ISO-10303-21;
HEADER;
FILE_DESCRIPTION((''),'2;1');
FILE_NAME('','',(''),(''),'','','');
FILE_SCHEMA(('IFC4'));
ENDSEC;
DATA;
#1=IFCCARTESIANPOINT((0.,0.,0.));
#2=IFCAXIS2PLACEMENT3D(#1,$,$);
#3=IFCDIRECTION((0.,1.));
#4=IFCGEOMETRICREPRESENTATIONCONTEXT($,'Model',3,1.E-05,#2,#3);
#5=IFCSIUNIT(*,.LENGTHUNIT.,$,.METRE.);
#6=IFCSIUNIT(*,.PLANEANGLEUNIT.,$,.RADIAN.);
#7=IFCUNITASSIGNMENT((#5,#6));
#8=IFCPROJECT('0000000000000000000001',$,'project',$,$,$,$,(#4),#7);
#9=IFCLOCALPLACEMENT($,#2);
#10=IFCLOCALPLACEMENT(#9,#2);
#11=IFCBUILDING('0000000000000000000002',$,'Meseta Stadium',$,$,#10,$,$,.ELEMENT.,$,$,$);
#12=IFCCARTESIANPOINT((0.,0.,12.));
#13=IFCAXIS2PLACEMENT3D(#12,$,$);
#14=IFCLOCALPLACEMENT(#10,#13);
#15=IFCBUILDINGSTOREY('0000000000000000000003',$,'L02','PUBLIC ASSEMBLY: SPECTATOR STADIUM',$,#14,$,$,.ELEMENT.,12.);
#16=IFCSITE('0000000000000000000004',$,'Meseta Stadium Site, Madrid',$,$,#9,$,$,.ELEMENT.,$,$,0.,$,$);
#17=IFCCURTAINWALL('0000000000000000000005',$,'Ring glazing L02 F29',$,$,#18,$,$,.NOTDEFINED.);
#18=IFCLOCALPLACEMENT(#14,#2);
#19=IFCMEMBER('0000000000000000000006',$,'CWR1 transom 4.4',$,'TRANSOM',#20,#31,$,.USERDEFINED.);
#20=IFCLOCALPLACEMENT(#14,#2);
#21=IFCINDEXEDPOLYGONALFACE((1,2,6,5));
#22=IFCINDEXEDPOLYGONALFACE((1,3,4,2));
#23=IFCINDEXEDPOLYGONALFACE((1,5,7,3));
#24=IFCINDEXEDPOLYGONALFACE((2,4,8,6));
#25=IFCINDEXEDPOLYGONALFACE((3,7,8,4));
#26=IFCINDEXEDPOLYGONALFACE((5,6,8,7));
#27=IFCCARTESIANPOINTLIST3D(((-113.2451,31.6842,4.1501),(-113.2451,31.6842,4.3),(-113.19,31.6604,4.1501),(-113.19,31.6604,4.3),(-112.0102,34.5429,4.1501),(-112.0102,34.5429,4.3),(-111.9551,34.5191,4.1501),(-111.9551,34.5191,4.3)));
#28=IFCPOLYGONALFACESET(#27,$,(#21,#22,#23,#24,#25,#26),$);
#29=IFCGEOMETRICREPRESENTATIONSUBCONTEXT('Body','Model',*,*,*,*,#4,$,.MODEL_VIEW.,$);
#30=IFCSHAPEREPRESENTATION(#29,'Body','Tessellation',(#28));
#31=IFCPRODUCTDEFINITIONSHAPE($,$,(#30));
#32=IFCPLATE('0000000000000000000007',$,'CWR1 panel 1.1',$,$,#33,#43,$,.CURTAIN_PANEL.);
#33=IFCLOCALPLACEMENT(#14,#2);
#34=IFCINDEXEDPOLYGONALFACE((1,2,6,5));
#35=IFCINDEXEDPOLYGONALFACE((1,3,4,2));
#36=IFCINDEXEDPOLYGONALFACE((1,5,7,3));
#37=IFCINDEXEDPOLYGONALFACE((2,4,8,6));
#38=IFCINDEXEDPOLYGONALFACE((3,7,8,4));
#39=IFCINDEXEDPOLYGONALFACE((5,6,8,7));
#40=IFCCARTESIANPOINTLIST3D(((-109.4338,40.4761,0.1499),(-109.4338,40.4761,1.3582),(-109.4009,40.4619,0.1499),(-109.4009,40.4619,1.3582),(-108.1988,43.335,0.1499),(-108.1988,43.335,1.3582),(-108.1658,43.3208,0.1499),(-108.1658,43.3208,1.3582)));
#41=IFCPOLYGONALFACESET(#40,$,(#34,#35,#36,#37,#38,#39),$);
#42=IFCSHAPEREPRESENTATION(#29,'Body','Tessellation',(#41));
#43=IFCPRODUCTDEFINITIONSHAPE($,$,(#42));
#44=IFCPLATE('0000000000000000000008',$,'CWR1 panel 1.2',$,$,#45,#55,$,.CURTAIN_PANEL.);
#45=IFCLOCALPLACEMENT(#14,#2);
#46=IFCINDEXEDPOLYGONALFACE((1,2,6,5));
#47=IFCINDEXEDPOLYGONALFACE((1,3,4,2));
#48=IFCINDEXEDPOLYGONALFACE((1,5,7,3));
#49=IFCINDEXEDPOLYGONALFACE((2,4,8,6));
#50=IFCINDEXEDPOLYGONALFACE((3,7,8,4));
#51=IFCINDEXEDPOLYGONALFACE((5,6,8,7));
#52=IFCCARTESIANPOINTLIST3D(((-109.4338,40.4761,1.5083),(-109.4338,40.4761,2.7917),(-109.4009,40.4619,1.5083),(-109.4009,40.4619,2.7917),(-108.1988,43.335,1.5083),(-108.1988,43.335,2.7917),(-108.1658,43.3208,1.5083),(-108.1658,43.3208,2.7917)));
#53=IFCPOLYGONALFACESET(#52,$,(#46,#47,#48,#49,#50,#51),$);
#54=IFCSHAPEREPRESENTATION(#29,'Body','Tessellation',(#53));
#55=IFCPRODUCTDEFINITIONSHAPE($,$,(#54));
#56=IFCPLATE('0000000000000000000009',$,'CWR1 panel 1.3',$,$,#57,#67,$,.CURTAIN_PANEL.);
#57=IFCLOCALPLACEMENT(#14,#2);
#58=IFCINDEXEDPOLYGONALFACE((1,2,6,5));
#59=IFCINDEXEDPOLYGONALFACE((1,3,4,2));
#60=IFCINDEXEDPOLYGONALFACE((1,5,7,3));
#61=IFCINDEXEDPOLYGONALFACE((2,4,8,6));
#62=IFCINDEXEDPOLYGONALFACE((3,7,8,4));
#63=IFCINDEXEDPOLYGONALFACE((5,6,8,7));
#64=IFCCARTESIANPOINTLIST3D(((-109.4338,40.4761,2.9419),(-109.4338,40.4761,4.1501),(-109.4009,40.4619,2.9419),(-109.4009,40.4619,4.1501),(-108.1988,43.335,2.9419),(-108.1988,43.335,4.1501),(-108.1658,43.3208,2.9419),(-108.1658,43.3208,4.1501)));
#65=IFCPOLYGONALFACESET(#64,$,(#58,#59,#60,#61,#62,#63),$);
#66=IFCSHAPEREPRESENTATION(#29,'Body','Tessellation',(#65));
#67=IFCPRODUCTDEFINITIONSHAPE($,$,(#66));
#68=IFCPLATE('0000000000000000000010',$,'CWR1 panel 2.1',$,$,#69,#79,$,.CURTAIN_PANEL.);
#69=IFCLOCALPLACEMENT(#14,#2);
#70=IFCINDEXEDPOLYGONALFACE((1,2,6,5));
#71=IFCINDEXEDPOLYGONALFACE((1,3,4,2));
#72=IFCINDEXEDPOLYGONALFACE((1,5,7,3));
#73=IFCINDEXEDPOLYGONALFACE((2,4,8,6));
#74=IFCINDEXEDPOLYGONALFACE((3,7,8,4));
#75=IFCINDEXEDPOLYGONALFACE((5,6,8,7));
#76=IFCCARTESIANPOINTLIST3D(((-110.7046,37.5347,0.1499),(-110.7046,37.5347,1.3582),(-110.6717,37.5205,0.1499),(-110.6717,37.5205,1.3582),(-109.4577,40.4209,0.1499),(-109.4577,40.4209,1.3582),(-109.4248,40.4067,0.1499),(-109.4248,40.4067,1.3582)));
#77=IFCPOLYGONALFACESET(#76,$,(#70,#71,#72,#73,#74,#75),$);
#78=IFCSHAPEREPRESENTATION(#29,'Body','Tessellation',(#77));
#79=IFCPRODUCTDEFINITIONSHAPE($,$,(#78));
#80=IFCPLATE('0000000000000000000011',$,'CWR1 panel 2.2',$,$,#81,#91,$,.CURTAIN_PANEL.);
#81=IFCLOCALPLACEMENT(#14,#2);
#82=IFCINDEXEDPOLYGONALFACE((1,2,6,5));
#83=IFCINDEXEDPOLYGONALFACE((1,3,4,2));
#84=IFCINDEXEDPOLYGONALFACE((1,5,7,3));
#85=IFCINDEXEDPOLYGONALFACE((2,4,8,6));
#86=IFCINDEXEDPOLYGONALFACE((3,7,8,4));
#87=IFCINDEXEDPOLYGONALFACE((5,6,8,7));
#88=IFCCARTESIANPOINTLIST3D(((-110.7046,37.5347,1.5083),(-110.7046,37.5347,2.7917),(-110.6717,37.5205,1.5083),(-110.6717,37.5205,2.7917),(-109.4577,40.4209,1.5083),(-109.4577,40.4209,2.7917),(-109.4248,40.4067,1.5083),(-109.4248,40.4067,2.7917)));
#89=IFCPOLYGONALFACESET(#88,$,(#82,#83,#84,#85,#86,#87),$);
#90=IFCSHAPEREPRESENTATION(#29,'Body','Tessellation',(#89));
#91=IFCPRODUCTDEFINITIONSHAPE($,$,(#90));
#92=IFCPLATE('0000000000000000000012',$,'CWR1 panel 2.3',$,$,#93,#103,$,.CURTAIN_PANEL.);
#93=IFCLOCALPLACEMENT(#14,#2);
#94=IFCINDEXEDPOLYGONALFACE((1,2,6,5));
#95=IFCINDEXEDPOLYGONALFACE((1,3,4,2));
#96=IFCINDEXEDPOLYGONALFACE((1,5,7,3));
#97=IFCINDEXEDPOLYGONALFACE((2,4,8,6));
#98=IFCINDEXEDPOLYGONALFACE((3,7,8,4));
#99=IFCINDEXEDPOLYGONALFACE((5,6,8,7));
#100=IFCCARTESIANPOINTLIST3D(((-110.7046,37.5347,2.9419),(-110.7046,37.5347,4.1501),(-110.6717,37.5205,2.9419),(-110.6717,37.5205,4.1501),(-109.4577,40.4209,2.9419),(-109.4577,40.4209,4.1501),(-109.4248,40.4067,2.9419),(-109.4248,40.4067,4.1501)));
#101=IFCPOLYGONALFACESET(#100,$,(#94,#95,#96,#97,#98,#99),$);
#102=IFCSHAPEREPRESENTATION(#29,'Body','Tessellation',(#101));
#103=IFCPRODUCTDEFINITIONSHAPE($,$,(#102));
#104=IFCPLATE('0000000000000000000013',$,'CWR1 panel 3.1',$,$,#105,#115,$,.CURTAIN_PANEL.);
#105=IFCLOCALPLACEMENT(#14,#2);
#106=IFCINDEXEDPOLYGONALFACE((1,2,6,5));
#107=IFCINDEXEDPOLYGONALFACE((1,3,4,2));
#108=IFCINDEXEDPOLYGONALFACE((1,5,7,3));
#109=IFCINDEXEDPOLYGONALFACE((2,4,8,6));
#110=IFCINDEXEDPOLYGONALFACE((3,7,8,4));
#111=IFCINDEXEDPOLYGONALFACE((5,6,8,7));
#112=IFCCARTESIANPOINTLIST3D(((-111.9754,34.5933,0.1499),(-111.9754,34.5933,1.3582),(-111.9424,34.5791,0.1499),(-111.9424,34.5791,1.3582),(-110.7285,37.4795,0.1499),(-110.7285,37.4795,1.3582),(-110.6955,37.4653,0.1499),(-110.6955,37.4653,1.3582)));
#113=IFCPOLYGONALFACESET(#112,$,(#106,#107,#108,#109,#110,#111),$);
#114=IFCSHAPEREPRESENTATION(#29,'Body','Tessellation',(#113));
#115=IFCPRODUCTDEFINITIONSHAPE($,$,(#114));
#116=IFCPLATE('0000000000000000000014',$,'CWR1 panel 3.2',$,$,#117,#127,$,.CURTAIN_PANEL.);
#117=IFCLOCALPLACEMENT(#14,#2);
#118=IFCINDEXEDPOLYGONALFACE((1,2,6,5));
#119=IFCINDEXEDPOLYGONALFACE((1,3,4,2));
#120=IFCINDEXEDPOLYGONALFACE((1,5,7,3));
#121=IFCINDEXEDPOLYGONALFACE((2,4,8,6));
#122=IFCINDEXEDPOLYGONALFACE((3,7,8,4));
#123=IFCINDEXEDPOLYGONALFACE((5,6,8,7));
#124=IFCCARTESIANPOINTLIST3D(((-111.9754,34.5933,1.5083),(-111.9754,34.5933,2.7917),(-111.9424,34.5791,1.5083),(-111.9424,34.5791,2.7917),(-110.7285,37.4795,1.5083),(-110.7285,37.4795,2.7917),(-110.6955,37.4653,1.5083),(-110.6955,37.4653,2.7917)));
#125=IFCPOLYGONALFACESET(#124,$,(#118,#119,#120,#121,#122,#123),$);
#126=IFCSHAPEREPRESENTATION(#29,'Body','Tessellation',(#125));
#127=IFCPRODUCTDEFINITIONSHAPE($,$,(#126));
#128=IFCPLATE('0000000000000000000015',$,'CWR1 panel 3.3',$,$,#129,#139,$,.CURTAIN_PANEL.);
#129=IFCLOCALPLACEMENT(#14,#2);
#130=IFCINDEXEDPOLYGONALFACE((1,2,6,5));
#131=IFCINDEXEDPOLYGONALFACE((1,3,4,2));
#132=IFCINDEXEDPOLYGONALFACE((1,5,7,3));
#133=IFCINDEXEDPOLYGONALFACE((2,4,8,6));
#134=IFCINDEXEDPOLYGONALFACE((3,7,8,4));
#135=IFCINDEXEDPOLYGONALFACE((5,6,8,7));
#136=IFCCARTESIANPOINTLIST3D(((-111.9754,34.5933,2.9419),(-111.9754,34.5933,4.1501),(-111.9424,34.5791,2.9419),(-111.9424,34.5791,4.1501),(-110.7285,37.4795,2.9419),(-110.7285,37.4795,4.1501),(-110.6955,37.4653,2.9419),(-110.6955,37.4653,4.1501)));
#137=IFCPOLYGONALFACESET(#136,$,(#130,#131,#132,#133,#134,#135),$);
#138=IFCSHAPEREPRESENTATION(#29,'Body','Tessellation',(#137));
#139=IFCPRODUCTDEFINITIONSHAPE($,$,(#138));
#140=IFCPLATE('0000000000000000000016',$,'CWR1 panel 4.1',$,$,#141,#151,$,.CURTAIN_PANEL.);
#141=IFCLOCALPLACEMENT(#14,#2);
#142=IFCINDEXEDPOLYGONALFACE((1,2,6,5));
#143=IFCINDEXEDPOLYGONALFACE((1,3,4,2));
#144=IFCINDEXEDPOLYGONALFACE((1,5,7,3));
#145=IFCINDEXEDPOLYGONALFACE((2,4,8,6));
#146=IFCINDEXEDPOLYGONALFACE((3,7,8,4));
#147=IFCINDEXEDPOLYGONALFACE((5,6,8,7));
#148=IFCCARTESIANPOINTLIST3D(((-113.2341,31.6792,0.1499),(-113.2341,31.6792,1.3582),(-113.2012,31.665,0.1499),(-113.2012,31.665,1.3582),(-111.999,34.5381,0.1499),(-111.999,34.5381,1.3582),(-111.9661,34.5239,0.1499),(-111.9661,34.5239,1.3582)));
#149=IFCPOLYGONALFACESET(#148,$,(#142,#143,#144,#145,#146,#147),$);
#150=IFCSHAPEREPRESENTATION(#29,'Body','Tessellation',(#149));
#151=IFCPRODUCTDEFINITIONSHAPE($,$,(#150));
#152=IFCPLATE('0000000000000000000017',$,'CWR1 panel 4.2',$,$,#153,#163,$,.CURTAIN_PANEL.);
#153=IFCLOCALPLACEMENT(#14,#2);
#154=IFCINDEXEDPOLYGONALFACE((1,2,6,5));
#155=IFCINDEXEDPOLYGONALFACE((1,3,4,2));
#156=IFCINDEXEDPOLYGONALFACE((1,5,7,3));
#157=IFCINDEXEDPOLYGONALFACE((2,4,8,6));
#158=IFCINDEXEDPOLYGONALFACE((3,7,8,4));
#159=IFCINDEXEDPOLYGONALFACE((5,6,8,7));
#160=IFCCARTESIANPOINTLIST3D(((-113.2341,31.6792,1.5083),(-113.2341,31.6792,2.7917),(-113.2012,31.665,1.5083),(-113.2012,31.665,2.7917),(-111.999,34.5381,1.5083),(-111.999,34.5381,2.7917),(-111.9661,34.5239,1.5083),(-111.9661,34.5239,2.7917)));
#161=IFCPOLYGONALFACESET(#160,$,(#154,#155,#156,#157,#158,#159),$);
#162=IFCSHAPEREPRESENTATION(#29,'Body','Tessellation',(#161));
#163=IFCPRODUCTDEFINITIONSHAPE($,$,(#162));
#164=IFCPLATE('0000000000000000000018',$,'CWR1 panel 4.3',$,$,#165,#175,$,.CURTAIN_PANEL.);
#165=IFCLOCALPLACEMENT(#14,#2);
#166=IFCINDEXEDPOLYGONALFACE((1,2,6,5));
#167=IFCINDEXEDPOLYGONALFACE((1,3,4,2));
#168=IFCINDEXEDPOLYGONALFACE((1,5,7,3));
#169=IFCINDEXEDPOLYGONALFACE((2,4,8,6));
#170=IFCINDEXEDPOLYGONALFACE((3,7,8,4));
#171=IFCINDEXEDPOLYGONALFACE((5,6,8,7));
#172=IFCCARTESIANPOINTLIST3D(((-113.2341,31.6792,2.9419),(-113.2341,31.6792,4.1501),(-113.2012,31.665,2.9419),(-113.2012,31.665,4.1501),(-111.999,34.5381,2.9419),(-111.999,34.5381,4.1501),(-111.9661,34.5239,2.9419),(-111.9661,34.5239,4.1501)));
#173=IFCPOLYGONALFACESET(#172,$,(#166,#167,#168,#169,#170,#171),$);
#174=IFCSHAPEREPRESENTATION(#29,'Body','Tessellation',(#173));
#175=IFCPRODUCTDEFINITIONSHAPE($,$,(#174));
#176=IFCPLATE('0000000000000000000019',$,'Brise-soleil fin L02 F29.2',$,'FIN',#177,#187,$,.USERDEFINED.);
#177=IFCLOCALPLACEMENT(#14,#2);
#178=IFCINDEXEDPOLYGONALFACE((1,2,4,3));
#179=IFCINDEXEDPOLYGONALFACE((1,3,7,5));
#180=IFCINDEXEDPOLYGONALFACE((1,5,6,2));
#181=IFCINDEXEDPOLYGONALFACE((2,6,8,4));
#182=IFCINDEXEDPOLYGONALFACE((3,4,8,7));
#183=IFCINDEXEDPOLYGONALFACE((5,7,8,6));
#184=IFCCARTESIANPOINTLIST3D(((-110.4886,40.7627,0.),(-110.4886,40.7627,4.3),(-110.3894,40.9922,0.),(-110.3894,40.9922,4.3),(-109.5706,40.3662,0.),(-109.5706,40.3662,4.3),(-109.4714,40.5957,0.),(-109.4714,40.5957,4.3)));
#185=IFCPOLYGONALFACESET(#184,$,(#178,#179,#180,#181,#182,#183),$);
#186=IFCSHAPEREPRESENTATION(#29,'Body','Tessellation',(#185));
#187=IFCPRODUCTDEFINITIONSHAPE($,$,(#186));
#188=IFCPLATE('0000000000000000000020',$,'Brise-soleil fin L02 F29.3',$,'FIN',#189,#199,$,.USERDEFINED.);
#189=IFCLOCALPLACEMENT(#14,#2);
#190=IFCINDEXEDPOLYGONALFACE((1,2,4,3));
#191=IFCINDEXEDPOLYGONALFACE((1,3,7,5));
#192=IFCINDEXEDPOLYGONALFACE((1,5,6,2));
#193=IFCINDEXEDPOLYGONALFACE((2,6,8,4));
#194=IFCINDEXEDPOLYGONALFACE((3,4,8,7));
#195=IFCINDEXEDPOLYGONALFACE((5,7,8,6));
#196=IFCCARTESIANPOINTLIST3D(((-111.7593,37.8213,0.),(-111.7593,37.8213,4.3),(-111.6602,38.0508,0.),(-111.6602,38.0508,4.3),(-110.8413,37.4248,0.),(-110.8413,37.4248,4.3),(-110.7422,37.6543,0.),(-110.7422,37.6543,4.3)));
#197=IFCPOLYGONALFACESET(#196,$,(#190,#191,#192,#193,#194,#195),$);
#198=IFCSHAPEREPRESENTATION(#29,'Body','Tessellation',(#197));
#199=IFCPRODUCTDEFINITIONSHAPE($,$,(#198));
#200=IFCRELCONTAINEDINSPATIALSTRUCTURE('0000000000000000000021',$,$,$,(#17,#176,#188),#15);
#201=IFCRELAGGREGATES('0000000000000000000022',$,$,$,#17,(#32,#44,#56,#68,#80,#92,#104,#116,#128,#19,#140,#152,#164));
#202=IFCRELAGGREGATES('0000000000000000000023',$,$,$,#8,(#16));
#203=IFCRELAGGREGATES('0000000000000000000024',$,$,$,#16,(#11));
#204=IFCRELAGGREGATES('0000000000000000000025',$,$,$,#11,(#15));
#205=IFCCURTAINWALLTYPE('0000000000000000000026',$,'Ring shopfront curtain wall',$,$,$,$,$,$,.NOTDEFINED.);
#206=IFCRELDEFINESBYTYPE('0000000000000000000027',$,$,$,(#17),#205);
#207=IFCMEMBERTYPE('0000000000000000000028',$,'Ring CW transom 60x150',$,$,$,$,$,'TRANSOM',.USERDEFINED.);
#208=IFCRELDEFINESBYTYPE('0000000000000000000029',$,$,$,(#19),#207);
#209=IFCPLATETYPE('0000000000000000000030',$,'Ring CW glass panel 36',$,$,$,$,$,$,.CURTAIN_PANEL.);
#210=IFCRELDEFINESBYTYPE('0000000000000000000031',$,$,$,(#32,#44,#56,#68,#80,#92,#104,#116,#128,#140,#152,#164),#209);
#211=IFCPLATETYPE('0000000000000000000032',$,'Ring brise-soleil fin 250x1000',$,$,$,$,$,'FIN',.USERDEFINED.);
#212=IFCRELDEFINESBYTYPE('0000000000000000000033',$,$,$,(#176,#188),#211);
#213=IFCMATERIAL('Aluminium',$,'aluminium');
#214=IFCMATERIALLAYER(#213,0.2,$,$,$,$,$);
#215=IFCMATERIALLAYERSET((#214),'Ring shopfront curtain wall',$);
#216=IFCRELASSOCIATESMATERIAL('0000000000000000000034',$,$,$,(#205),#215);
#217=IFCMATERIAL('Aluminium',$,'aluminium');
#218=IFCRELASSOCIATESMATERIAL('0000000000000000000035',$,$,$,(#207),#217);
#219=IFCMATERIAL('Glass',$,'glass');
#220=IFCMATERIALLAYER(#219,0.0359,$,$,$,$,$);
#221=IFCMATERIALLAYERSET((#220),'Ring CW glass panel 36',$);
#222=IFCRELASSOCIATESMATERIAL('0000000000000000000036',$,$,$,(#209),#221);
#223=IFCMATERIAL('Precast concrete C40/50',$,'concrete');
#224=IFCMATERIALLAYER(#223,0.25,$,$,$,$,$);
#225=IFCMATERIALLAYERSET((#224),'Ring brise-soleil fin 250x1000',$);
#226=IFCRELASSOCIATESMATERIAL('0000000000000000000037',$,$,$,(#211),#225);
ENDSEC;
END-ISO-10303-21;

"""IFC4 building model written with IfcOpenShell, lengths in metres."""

from ifc_helpers import new_model, si_unit, direction, frame, origin, origin_2d, place, context, subcontext, project, spatial, rectangle, extrude, material, layer, layer_set, material_profile, profile_set, type_object, element, aggregate, save


model = new_model("IFC4")

# Units and contexts
model_context = context("Model", 3, precision=1e-05, world=origin(), true_north=direction((0.0, 1.0)))
body_context = subcontext(model_context, "Body", "Model", "MODEL_VIEW")
ifc_project = project(units=[si_unit("LENGTHUNIT", "METRE"), si_unit("PLANEANGLEUNIT", "RADIAN")], contexts=[model_context])

# Site, building, storey
site_placement = place(None, origin())
site = spatial("IfcSite", under=ifc_project, at=site_placement, Name="Meseta Stadium Site, Madrid", CompositionType="ELEMENT", RefElevation=0.0)
building_placement = place(site_placement, origin())
building = spatial("IfcBuilding", under=site, at=building_placement, Name="Meseta Stadium", CompositionType="ELEMENT")
storey_placement = place(building_placement, frame((0.0, 0.0, 12.0)))
storey = spatial("IfcBuildingStorey", under=building, at=storey_placement, Name="L02", Description="PUBLIC ASSEMBLY: SPECTATOR STADIUM", CompositionType="ELEMENT", Elevation=12.0)

# Curtain wall, member, plates
ifc_material_1 = material(Name="Aluminium", Category="aluminium")
ifc_layer_1 = layer(ifc_material_1, 0.2)
ifc_layer_set_1 = layer_set([ifc_layer_1], Name="Ring shopfront curtain wall")
curtain_wall_type = type_object("IfcCurtainWallType", Name="Ring shopfront curtain wall", PredefinedType="NOTDEFINED", material=ifc_layer_set_1)
curtain_wall_placement = place(storey_placement, origin())
curtain_wall = element("IfcCurtainWall", 1, at=curtain_wall_placement, inside=storey, type_object=curtain_wall_type, Name="Ring glazing L02 F29", PredefinedType="NOTDEFINED")
ifc_material_2 = material(Name="Aluminium", Category="aluminium")
ifc_material_profile_1 = material_profile(ifc_material_2, rectangle(XDim=0.0601, YDim=0.1499, at=origin_2d()), Name="CW 60x150")
ifc_profile_set_1 = profile_set([ifc_material_profile_1], Name="Aluminium")
member_type_1 = type_object("IfcMemberType", Name="Ring CW transom 60x150", ElementType="TRANSOM", PredefinedType="USERDEFINED", material=ifc_profile_set_1)
member_1_placement = place(storey_placement, frame((-111.9827, 34.531, 4.2251), z_axis=(-0.396558, -0.91801, 0.0), x_axis=(0.91801, -0.396558, 0.0)))
member_1 = element("IfcMember", 2, at=member_1_placement, type_object=member_type_1, Name="CWR1 transom 4.4", ObjectType="TRANSOM", PredefinedType="USERDEFINED", context=body_context, shape_type="SweptSolid", body=[
    extrude(rectangle(XDim=0.0601, YDim=0.1499, at=origin_2d()), origin(), (0.0, 0.0, 1.0), 3.114),
])
ifc_material_3 = material(Name="Glass", Category="glass")
ifc_layer_2 = layer(ifc_material_3, 0.0359)
ifc_layer_set_2 = layer_set([ifc_layer_2], Name="Ring CW glass panel 36")
plate_type_1 = type_object("IfcPlateType", Name="Ring CW glass panel 36", PredefinedType="CURTAIN_PANEL", material=ifc_layer_set_2)
plate_1_placement = place(storey_placement, frame((-108.7998, 41.8984, 0.1499), z_axis=(0.0, 0.0, 1.0), x_axis=(-0.396581, -0.918, 0.0)))
plate_1 = element("IfcPlate", 3, at=plate_1_placement, type_object=plate_type_1, Name="CWR1 panel 1.1", PredefinedType="CURTAIN_PANEL", context=body_context, shape_type="SweptSolid", body=[
    extrude(rectangle(XDim=3.1143, YDim=0.0359, at=origin_2d()), origin(), (0.0, 0.0, 1.0), 1.2083),
])
plate_2_placement = place(storey_placement, frame((-108.7998, 41.8984, 1.5083), z_axis=(0.0, 0.0, 1.0), x_axis=(-0.396581, -0.918, 0.0)))
plate_2 = element("IfcPlate", 4, at=plate_2_placement, type_object=plate_type_1, Name="CWR1 panel 1.2", PredefinedType="CURTAIN_PANEL", context=body_context, shape_type="SweptSolid", body=[
    extrude(rectangle(XDim=3.1143, YDim=0.0359, at=origin_2d()), origin(), (0.0, 0.0, 1.0), 1.2834),
])
plate_3_placement = place(storey_placement, frame((-108.7998, 41.8984, 2.9419), z_axis=(0.0, 0.0, 1.0), x_axis=(-0.396581, -0.918, 0.0)))
plate_3 = element("IfcPlate", 5, at=plate_3_placement, type_object=plate_type_1, Name="CWR1 panel 1.3", PredefinedType="CURTAIN_PANEL", context=body_context, shape_type="SweptSolid", body=[
    extrude(rectangle(XDim=3.1143, YDim=0.0359, at=origin_2d()), origin(), (0.0, 0.0, 1.0), 1.2083),
])
plate_4_placement = place(storey_placement, frame((-110.0647, 38.9707, 0.1499), z_axis=(0.0, 0.0, 1.0), x_axis=(-0.396581, -0.918, 0.0)))
plate_4 = element("IfcPlate", 6, at=plate_4_placement, type_object=plate_type_1, Name="CWR1 panel 2.1", PredefinedType="CURTAIN_PANEL", context=body_context, shape_type="SweptSolid", body=[
    extrude(rectangle(XDim=3.144, YDim=0.0359, at=origin_2d()), origin(), (0.0, 0.0, 1.0), 1.2083),
])
plate_5_placement = place(storey_placement, frame((-110.0647, 38.9707, 1.5083), z_axis=(0.0, 0.0, 1.0), x_axis=(-0.396581, -0.918, 0.0)))
plate_5 = element("IfcPlate", 7, at=plate_5_placement, type_object=plate_type_1, Name="CWR1 panel 2.2", PredefinedType="CURTAIN_PANEL", context=body_context, shape_type="SweptSolid", body=[
    extrude(rectangle(XDim=3.144, YDim=0.0359, at=origin_2d()), origin(), (0.0, 0.0, 1.0), 1.2834),
])
plate_6_placement = place(storey_placement, frame((-110.0647, 38.9707, 2.9419), z_axis=(0.0, 0.0, 1.0), x_axis=(-0.396581, -0.918, 0.0)))
plate_6 = element("IfcPlate", 8, at=plate_6_placement, type_object=plate_type_1, Name="CWR1 panel 2.3", PredefinedType="CURTAIN_PANEL", context=body_context, shape_type="SweptSolid", body=[
    extrude(rectangle(XDim=3.144, YDim=0.0359, at=origin_2d()), origin(), (0.0, 0.0, 1.0), 1.2083),
])
plate_7_placement = place(storey_placement, frame((-111.3354, 36.0293, 0.1499), z_axis=(0.0, 0.0, 1.0), x_axis=(-0.396581, -0.918, 0.0)))
plate_7 = element("IfcPlate", 9, at=plate_7_placement, type_object=plate_type_1, Name="CWR1 panel 3.1", PredefinedType="CURTAIN_PANEL", context=body_context, shape_type="SweptSolid", body=[
    extrude(rectangle(XDim=3.144, YDim=0.0359, at=origin_2d()), origin(), (0.0, 0.0, 1.0), 1.2083),
])
plate_8_placement = place(storey_placement, frame((-111.3354, 36.0293, 1.5083), z_axis=(0.0, 0.0, 1.0), x_axis=(-0.396581, -0.918, 0.0)))
plate_8 = element("IfcPlate", 10, at=plate_8_placement, type_object=plate_type_1, Name="CWR1 panel 3.2", PredefinedType="CURTAIN_PANEL", context=body_context, shape_type="SweptSolid", body=[
    extrude(rectangle(XDim=3.144, YDim=0.0359, at=origin_2d()), origin(), (0.0, 0.0, 1.0), 1.2834),
])
plate_9_placement = place(storey_placement, frame((-111.3354, 36.0293, 2.9419), z_axis=(0.0, 0.0, 1.0), x_axis=(-0.396581, -0.918, 0.0)))
plate_9 = element("IfcPlate", 11, at=plate_9_placement, type_object=plate_type_1, Name="CWR1 panel 3.3", PredefinedType="CURTAIN_PANEL", context=body_context, shape_type="SweptSolid", body=[
    extrude(rectangle(XDim=3.144, YDim=0.0359, at=origin_2d()), origin(), (0.0, 0.0, 1.0), 1.2083),
])
plate_10_placement = place(storey_placement, frame((-112.6001, 33.1016, 0.1499), z_axis=(0.0, 0.0, 1.0), x_axis=(-0.396581, -0.918, 0.0)))
plate_10 = element("IfcPlate", 12, at=plate_10_placement, type_object=plate_type_1, Name="CWR1 panel 4.1", PredefinedType="CURTAIN_PANEL", context=body_context, shape_type="SweptSolid", body=[
    extrude(rectangle(XDim=3.1143, YDim=0.0359, at=origin_2d()), origin(), (0.0, 0.0, 1.0), 1.2083),
])
plate_11_placement = place(storey_placement, frame((-112.6001, 33.1016, 1.5083), z_axis=(0.0, 0.0, 1.0), x_axis=(-0.396581, -0.918, 0.0)))
plate_11 = element("IfcPlate", 13, at=plate_11_placement, type_object=plate_type_1, Name="CWR1 panel 4.2", PredefinedType="CURTAIN_PANEL", context=body_context, shape_type="SweptSolid", body=[
    extrude(rectangle(XDim=3.1143, YDim=0.0359, at=origin_2d()), origin(), (0.0, 0.0, 1.0), 1.2834),
])
plate_12_placement = place(storey_placement, frame((-112.6001, 33.1016, 2.9419), z_axis=(0.0, 0.0, 1.0), x_axis=(-0.396581, -0.918, 0.0)))
plate_12 = element("IfcPlate", 14, at=plate_12_placement, type_object=plate_type_1, Name="CWR1 panel 4.3", PredefinedType="CURTAIN_PANEL", context=body_context, shape_type="SweptSolid", body=[
    extrude(rectangle(XDim=3.1143, YDim=0.0359, at=origin_2d()), origin(), (0.0, 0.0, 1.0), 1.2083),
])
aggregate(curtain_wall, [plate_1, plate_2, plate_3, plate_4, plate_5, plate_6, plate_7, plate_8, plate_9, member_1, plate_10, plate_11, plate_12])

# Plates
ifc_material_4 = material(Name="Precast concrete C40/50", Category="concrete")
ifc_layer_3 = layer(ifc_material_4, 0.25)
ifc_layer_set_3 = layer_set([ifc_layer_3], Name="Ring brise-soleil fin 250x1000")
plate_type_2 = type_object("IfcPlateType", Name="Ring brise-soleil fin 250x1000", ElementType="FIN", PredefinedType="USERDEFINED", material=ifc_layer_set_3)
for number, where, z_axis, x_axis, name in (
    (15, (-109.98, 40.6792, 0.0), (0.0, 0.0, 1.0), (-0.396576, -0.918002, 0.0), "Brise-soleil fin L02 F29.2"),
    (16, (-111.2507, 37.7378, 0.0), (0.0, 0.0, 1.0), (-0.396576, -0.918002, 0.0), "Brise-soleil fin L02 F29.3"),
):
    element("IfcPlate", number, at=place(storey_placement, frame(where, z_axis=z_axis, x_axis=x_axis)), inside=storey, type_object=plate_type_2, Name=name, ObjectType="FIN", PredefinedType="USERDEFINED", context=body_context, shape_type="SweptSolid", body=[
        extrude(rectangle(XDim=0.25, YDim=1.0, at=origin_2d()), origin(), (0.0, 0.0, 1.0), 4.3),
    ])

save(model, "model.ifc")
